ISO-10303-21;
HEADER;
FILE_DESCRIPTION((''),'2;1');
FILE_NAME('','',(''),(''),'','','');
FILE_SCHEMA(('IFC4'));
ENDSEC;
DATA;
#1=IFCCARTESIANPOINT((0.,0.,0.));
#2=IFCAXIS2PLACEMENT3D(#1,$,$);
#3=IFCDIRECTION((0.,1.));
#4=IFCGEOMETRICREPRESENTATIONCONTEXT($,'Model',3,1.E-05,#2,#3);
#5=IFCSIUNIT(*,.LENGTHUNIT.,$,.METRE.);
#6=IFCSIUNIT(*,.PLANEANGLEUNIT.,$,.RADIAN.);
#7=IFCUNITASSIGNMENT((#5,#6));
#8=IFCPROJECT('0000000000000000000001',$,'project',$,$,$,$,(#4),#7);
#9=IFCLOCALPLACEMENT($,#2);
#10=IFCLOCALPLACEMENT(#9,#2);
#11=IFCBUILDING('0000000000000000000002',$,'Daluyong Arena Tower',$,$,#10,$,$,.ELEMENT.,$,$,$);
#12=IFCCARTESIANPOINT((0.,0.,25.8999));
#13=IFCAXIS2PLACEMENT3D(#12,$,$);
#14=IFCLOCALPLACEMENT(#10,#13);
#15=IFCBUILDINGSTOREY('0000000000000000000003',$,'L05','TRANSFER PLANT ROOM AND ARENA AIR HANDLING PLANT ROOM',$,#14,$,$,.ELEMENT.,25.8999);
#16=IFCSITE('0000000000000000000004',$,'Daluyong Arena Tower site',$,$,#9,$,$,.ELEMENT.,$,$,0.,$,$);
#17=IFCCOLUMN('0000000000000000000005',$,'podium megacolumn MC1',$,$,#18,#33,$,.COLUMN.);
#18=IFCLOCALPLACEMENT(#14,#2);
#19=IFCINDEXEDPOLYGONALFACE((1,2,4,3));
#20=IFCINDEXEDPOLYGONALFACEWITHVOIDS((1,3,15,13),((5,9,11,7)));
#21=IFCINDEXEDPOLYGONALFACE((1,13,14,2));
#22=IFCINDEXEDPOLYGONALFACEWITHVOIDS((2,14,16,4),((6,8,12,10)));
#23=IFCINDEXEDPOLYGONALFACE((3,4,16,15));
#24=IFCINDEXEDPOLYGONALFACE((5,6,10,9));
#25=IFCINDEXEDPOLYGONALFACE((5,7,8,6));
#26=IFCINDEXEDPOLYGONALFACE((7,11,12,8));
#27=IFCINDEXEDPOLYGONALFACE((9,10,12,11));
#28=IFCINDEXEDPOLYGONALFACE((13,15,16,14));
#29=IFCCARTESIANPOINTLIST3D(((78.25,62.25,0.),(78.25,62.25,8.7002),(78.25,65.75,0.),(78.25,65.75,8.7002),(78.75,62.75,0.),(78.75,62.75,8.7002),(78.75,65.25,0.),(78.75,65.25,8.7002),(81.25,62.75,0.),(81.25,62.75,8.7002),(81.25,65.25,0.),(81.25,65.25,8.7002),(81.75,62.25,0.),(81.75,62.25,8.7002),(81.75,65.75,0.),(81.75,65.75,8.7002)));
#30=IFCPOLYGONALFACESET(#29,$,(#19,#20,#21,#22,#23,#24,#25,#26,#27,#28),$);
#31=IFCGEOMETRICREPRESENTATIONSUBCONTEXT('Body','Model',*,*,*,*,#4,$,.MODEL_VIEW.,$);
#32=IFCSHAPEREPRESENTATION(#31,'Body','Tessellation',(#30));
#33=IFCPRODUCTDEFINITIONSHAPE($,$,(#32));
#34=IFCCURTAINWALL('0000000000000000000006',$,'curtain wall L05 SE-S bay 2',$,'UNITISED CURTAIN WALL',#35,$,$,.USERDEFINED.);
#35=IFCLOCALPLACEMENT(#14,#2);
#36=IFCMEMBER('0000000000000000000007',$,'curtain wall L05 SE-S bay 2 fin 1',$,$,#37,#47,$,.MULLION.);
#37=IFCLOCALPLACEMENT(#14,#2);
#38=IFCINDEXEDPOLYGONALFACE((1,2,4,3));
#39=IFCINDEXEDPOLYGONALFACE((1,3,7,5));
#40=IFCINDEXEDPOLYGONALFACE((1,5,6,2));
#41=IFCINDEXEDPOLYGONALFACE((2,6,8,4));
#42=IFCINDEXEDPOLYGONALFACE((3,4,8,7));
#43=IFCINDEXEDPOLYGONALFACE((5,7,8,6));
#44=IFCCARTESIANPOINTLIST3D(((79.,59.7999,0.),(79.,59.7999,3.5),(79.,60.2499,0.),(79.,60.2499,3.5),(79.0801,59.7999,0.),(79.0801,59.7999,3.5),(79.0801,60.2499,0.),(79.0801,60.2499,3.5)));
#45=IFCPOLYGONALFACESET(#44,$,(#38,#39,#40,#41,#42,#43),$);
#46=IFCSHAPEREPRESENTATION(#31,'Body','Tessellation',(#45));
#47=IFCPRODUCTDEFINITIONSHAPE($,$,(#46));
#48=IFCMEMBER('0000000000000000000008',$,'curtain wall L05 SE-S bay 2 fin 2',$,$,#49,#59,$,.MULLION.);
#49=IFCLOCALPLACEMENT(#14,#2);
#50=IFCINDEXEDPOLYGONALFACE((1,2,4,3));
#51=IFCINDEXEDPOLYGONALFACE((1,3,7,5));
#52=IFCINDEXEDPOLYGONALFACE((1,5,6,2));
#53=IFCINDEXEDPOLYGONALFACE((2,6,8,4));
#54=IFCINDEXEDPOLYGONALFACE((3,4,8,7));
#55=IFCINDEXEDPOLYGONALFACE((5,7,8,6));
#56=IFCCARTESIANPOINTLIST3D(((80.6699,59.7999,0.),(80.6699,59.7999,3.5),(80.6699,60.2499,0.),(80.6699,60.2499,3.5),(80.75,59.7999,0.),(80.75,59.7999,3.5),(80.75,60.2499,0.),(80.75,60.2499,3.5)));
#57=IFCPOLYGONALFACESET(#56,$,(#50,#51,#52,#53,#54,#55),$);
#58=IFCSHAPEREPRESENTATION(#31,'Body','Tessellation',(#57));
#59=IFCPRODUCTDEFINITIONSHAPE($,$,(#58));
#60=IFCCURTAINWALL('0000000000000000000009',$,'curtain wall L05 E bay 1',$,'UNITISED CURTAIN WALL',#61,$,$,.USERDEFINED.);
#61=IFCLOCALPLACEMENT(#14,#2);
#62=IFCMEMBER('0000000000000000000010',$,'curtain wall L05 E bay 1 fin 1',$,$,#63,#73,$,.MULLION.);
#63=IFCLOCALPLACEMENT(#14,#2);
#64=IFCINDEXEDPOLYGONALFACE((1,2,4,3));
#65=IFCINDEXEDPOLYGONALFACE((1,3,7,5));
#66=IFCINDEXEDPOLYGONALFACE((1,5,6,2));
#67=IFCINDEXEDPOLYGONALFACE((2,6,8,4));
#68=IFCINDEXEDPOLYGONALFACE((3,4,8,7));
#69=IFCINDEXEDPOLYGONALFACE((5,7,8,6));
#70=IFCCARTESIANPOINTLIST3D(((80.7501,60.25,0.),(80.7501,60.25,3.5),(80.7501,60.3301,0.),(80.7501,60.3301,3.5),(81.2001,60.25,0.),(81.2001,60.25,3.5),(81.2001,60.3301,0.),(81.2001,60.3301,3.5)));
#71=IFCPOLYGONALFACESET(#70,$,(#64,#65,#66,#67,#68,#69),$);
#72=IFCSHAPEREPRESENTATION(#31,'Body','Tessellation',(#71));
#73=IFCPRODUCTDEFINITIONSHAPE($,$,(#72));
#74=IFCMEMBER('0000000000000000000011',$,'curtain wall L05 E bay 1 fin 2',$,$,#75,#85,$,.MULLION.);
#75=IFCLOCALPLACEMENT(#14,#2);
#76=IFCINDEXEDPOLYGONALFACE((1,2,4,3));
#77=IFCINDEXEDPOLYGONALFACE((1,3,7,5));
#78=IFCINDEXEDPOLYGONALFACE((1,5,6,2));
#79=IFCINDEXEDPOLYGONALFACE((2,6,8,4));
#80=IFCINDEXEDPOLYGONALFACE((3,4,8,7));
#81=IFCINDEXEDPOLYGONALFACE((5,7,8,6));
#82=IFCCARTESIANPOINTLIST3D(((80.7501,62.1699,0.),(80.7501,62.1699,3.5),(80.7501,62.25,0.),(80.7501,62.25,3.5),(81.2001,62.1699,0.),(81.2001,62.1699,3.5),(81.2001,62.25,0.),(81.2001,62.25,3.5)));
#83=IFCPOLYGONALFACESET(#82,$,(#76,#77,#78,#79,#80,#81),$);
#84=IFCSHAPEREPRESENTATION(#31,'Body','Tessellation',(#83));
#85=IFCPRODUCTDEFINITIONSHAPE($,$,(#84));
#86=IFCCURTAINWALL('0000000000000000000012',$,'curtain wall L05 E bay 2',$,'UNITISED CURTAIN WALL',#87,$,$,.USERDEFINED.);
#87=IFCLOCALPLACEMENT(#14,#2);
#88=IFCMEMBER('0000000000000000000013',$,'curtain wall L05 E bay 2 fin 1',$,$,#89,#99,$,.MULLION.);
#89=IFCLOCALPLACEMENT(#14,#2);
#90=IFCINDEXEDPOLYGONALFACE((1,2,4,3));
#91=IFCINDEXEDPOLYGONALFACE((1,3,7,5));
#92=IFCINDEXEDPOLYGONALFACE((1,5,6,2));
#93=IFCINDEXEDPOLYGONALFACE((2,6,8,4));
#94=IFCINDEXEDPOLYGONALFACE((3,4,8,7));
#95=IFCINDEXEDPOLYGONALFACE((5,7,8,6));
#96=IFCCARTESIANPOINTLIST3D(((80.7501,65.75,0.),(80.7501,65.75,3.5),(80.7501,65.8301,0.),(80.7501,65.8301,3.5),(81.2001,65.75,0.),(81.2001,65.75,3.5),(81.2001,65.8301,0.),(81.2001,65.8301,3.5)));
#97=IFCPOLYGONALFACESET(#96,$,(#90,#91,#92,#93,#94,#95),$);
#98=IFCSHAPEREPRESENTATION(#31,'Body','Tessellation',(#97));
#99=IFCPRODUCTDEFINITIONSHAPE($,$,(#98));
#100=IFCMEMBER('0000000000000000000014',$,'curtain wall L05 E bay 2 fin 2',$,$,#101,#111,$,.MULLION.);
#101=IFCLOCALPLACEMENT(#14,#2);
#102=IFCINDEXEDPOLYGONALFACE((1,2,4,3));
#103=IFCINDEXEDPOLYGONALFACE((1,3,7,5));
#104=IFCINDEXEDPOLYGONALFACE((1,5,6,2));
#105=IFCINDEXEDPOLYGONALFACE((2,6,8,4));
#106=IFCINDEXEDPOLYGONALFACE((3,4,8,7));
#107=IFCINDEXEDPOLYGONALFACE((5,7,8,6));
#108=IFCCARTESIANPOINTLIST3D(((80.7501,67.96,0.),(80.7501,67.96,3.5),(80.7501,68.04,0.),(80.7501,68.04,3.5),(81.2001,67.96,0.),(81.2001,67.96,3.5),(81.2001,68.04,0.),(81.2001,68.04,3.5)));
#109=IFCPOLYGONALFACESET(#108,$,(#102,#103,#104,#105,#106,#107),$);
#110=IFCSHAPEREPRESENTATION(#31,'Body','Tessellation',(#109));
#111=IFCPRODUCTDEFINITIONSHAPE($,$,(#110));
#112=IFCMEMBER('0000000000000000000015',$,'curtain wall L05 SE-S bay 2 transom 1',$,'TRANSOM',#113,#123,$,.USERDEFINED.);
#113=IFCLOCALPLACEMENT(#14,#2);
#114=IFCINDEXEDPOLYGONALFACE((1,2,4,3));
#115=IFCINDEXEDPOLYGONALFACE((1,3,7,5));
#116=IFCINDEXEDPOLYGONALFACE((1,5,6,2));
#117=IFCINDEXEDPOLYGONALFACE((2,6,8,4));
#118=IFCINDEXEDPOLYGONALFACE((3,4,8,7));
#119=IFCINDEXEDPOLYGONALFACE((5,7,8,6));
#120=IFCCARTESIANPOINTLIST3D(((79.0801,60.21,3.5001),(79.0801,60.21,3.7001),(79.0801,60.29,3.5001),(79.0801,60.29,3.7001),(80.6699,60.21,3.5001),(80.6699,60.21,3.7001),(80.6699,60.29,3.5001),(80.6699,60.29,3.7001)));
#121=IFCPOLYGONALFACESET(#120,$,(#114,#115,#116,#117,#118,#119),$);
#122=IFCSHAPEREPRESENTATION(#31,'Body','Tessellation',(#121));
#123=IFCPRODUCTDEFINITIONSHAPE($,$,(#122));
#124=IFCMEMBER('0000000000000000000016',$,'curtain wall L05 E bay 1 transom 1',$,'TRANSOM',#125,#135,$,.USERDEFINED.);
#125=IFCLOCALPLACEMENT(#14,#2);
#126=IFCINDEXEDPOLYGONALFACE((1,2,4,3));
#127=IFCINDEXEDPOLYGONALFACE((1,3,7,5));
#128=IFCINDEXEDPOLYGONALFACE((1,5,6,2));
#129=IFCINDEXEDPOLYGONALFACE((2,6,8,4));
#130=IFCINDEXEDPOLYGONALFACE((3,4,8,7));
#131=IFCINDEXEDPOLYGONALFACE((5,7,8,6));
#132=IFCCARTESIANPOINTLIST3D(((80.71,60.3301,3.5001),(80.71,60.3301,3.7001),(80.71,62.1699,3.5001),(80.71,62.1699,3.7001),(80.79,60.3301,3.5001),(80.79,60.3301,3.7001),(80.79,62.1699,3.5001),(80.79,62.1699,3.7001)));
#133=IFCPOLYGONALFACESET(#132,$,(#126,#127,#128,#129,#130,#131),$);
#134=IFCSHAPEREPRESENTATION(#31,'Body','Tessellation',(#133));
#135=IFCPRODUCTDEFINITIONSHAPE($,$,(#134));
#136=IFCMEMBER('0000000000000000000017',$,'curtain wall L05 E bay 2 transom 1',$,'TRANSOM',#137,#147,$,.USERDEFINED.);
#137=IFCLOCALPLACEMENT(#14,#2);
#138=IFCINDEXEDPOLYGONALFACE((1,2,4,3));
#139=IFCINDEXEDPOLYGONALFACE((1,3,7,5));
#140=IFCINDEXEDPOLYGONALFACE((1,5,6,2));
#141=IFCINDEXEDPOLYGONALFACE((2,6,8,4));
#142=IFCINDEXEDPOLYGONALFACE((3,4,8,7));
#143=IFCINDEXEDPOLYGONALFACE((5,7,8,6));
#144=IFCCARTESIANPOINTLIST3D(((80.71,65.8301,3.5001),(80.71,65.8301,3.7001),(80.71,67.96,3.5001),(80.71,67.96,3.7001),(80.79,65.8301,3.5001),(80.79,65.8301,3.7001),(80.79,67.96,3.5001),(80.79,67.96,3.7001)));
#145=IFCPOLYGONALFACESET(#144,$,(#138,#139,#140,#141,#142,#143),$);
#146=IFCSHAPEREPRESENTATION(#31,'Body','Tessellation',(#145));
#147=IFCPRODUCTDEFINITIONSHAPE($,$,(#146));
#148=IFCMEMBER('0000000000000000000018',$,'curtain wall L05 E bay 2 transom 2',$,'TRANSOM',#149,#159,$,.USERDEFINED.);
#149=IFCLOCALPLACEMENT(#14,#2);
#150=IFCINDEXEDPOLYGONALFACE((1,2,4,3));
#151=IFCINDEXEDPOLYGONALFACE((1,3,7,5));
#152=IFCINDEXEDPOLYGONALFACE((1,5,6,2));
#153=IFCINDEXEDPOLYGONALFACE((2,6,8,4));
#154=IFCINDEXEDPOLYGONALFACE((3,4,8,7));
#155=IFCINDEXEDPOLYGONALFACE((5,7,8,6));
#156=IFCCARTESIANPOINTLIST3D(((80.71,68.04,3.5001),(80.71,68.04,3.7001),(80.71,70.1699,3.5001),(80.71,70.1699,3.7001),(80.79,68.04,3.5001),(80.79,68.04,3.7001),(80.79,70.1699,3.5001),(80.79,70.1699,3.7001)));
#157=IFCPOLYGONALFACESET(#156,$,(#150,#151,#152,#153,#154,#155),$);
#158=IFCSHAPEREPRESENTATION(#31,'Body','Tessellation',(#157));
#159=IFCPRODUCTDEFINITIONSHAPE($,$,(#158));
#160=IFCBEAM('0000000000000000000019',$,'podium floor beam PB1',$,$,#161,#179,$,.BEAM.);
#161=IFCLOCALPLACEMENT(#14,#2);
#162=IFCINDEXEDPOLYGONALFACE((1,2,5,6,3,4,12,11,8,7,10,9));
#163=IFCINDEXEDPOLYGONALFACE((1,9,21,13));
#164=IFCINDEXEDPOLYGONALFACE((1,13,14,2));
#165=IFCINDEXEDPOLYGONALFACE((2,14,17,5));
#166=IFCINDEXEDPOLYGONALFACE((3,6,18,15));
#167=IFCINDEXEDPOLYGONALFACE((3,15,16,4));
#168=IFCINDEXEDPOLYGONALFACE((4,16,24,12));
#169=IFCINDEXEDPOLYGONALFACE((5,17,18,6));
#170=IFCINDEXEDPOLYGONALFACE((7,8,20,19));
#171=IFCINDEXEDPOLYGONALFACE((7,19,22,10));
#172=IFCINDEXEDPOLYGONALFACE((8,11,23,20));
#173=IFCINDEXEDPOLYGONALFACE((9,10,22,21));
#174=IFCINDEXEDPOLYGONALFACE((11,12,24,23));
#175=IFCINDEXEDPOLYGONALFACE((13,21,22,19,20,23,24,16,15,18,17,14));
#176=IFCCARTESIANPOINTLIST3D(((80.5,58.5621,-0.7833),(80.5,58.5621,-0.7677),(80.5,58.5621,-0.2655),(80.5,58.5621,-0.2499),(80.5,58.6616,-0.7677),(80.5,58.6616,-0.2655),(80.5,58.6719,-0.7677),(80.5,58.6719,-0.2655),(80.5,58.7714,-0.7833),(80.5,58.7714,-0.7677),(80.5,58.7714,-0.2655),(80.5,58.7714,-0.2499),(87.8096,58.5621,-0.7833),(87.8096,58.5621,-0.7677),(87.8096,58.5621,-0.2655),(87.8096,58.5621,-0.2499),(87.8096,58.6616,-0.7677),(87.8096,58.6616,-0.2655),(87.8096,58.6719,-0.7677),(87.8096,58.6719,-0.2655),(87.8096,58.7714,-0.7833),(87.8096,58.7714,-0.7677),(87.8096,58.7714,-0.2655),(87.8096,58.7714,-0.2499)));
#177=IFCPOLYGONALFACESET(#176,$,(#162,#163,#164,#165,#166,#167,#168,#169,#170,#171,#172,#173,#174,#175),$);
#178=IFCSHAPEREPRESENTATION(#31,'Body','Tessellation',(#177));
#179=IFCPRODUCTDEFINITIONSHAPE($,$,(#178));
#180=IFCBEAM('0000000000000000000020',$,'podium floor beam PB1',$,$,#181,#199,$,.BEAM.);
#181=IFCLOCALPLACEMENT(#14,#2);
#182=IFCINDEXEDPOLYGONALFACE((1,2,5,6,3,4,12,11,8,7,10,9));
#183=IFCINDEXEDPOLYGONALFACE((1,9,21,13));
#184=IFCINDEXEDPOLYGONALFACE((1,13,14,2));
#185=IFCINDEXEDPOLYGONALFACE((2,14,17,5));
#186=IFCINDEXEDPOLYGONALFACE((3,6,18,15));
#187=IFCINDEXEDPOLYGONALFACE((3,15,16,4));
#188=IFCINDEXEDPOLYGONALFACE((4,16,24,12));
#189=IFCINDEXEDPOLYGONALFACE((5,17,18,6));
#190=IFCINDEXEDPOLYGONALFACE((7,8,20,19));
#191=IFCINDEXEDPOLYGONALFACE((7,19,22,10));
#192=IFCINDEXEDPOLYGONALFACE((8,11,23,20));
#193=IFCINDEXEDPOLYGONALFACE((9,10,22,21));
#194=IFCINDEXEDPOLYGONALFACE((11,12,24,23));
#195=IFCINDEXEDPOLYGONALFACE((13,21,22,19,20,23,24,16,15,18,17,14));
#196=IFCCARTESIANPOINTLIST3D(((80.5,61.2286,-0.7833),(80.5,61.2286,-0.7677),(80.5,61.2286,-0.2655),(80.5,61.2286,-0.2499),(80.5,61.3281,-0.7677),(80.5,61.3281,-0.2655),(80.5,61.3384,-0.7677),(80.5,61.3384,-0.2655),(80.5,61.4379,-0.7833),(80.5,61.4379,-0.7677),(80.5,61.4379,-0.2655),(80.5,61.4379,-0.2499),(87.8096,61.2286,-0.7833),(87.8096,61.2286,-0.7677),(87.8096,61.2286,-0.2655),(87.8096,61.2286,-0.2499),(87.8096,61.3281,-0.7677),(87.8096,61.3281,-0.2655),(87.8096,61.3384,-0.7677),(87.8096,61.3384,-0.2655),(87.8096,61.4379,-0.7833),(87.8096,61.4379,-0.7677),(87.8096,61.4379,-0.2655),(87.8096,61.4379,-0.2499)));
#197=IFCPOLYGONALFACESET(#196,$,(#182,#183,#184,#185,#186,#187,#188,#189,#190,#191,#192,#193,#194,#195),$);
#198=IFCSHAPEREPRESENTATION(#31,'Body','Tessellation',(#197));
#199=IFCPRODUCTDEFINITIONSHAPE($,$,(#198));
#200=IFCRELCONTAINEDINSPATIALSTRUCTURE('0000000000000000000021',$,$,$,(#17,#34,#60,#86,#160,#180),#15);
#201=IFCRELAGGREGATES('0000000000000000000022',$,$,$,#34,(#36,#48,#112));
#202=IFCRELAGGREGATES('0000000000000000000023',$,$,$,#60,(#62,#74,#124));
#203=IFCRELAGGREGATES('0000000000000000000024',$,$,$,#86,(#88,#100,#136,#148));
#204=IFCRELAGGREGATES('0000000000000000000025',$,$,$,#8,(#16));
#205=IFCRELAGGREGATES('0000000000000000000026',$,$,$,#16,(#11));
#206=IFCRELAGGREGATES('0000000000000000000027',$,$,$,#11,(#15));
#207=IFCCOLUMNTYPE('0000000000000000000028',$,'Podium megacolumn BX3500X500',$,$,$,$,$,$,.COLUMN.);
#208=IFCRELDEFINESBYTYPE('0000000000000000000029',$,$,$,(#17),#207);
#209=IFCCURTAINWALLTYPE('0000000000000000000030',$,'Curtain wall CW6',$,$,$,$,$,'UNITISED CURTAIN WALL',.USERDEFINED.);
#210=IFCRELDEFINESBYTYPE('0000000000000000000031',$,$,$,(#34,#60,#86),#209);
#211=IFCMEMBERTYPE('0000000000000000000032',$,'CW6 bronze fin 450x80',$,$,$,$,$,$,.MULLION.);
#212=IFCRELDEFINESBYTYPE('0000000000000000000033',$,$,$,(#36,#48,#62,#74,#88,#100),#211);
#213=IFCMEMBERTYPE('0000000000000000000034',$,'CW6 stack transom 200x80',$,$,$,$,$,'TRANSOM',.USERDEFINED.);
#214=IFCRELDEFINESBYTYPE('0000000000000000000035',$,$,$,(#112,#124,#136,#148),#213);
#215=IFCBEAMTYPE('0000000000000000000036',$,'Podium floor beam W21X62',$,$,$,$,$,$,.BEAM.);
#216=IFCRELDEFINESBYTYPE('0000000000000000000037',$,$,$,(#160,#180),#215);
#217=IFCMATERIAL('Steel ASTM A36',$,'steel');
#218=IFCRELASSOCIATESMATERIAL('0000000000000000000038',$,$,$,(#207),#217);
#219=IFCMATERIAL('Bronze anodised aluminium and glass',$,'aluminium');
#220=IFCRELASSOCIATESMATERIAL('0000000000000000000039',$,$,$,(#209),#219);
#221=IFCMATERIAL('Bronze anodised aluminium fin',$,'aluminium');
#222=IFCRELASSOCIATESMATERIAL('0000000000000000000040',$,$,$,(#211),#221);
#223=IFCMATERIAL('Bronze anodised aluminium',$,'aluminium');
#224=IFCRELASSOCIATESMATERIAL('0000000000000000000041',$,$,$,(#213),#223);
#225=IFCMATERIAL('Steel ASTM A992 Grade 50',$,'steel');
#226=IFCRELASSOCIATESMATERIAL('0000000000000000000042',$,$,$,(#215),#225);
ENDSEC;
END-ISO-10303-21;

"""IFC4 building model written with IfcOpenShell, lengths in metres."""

from ifc_helpers import new_model, si_unit, direction, frame, origin, origin_2d, place, context, subcontext, project, spatial, rectangle, hollow_rectangle, i_section, extrude, material, material_profile, profile_set, type_object, element, aggregate, save


model = new_model("IFC4")

# Units and contexts
model_context = context("Model", 3, precision=1e-05, world=origin(), true_north=direction((0.0, 1.0)))
body_context = subcontext(model_context, "Body", "Model", "MODEL_VIEW")
ifc_project = project(units=[si_unit("LENGTHUNIT", "METRE"), si_unit("PLANEANGLEUNIT", "RADIAN")], contexts=[model_context])

# Site, building, storey
site_placement = place(None, origin())
site = spatial("IfcSite", under=ifc_project, at=site_placement, Name="Daluyong Arena Tower site", CompositionType="ELEMENT", RefElevation=0.0)
building_placement = place(site_placement, origin())
building = spatial("IfcBuilding", under=site, at=building_placement, Name="Daluyong Arena Tower", CompositionType="ELEMENT")
storey_placement = place(building_placement, frame((0.0, 0.0, 25.8999)))
storey = spatial("IfcBuildingStorey", under=building, at=storey_placement, Name="L05", Description="TRANSFER PLANT ROOM AND ARENA AIR HANDLING PLANT ROOM", CompositionType="ELEMENT", Elevation=25.8999)

# Column
ifc_material_1 = material(Name="Steel ASTM A36", Category="steel")
ifc_material_profile_1 = material_profile(ifc_material_1, hollow_rectangle(XDim=3.5, YDim=3.5, WallThickness=0.5, at=origin_2d()))
ifc_profile_set_1 = profile_set([ifc_material_profile_1], Name="Steel ASTM A36")
column_type = type_object("IfcColumnType", Name="Podium megacolumn BX3500X500", PredefinedType="COLUMN", material=ifc_profile_set_1)
column_placement = place(storey_placement, frame((80.0, 64.0, 0.0), z_axis=(0.0, 0.0, 1.0), x_axis=(1.0, 0.0, 0.0)))
element("IfcColumn", 1, at=column_placement, inside=storey, type_object=column_type, Name="podium megacolumn MC1", PredefinedType="COLUMN", context=body_context, shape_type="SweptSolid", body=[
    extrude(hollow_rectangle(XDim=3.5, YDim=3.5, WallThickness=0.5, at=origin_2d()), origin(), (0.0, 0.0, 1.0), 8.7002),
])

# Curtain walls, members
ifc_material_2 = material(Name="Bronze anodised aluminium and glass", Category="aluminium")
curtain_wall_type = type_object("IfcCurtainWallType", Name="Curtain wall CW6", ElementType="UNITISED CURTAIN WALL", PredefinedType="USERDEFINED", material=ifc_material_2)
curtain_wall_1_placement = place(storey_placement, origin())
curtain_wall_1 = element("IfcCurtainWall", 2, at=curtain_wall_1_placement, inside=storey, type_object=curtain_wall_type, Name="curtain wall L05 SE-S bay 2", ObjectType="UNITISED CURTAIN WALL", PredefinedType="USERDEFINED")
ifc_material_3 = material(Name="Bronze anodised aluminium fin", Category="aluminium")
ifc_material_profile_2 = material_profile(ifc_material_3, rectangle(XDim=0.45, YDim=0.0801, at=origin_2d()))
ifc_profile_set_2 = profile_set([ifc_material_profile_2], Name="Bronze anodised aluminium fin")
member_type_1 = type_object("IfcMemberType", Name="CW6 bronze fin 450x80", PredefinedType="MULLION", material=ifc_profile_set_2)
member_1_placement = place(storey_placement, frame((79.04, 60.0249, 0.0), z_axis=(0.0, 0.0, 1.0), x_axis=(0.0, 1.0, 0.0)))
member_1 = element("IfcMember", 3, at=member_1_placement, type_object=member_type_1, Name="curtain wall L05 SE-S bay 2 fin 1", PredefinedType="MULLION", context=body_context, shape_type="SweptSolid", body=[
    extrude(rectangle(XDim=0.45, YDim=0.0801, at=origin_2d()), origin(), (0.0, 0.0, 1.0), 3.5),
])
member_2_placement = place(storey_placement, frame((80.71, 60.0249, 0.0), z_axis=(0.0, 0.0, 1.0), x_axis=(0.0, 1.0, 0.0)))
member_2 = element("IfcMember", 4, at=member_2_placement, type_object=member_type_1, Name="curtain wall L05 SE-S bay 2 fin 2", PredefinedType="MULLION", context=body_context, shape_type="SweptSolid", body=[
    extrude(rectangle(XDim=0.45, YDim=0.0801, at=origin_2d()), origin(), (0.0, 0.0, 1.0), 3.5),
])
curtain_wall_2_placement = place(storey_placement, origin())
curtain_wall_2 = element("IfcCurtainWall", 5, at=curtain_wall_2_placement, inside=storey, type_object=curtain_wall_type, Name="curtain wall L05 E bay 1", ObjectType="UNITISED CURTAIN WALL", PredefinedType="USERDEFINED")
member_3_placement = place(storey_placement, frame((80.9751, 60.29, 0.0), z_axis=(0.0, 0.0, 1.0), x_axis=(-1.0, 0.0, 0.0)))
member_3 = element("IfcMember", 6, at=member_3_placement, type_object=member_type_1, Name="curtain wall L05 E bay 1 fin 1", PredefinedType="MULLION", context=body_context, shape_type="SweptSolid", body=[
    extrude(rectangle(XDim=0.45, YDim=0.0801, at=origin_2d()), origin(), (0.0, 0.0, 1.0), 3.5),
])
member_4_placement = place(storey_placement, frame((80.9751, 62.21, 0.0), z_axis=(0.0, 0.0, 1.0), x_axis=(-1.0, 0.0, 0.0)))
member_4 = element("IfcMember", 7, at=member_4_placement, type_object=member_type_1, Name="curtain wall L05 E bay 1 fin 2", PredefinedType="MULLION", context=body_context, shape_type="SweptSolid", body=[
    extrude(rectangle(XDim=0.45, YDim=0.0801, at=origin_2d()), origin(), (0.0, 0.0, 1.0), 3.5),
])
curtain_wall_3_placement = place(storey_placement, origin())
curtain_wall_3 = element("IfcCurtainWall", 8, at=curtain_wall_3_placement, inside=storey, type_object=curtain_wall_type, Name="curtain wall L05 E bay 2", ObjectType="UNITISED CURTAIN WALL", PredefinedType="USERDEFINED")
member_5_placement = place(storey_placement, frame((80.9751, 65.79, 0.0), z_axis=(0.0, 0.0, 1.0), x_axis=(-1.0, 0.0, 0.0)))
member_5 = element("IfcMember", 9, at=member_5_placement, type_object=member_type_1, Name="curtain wall L05 E bay 2 fin 1", PredefinedType="MULLION", context=body_context, shape_type="SweptSolid", body=[
    extrude(rectangle(XDim=0.45, YDim=0.0801, at=origin_2d()), origin(), (0.0, 0.0, 1.0), 3.5),
])
member_6_placement = place(storey_placement, frame((80.9751, 68.0, 0.0), z_axis=(0.0, 0.0, 1.0), x_axis=(-1.0, 0.0, 0.0)))
member_6 = element("IfcMember", 10, at=member_6_placement, type_object=member_type_1, Name="curtain wall L05 E bay 2 fin 2", PredefinedType="MULLION", context=body_context, shape_type="SweptSolid", body=[
    extrude(rectangle(XDim=0.45, YDim=0.0801, at=origin_2d()), origin(), (0.0, 0.0, 1.0), 3.5),
])

# Members
ifc_material_4 = material(Name="Bronze anodised aluminium", Category="aluminium")
ifc_material_profile_3 = material_profile(ifc_material_4, rectangle(XDim=0.0801, YDim=0.2, at=origin_2d()))
ifc_profile_set_3 = profile_set([ifc_material_profile_3], Name="Bronze anodised aluminium")
member_type_2 = type_object("IfcMemberType", Name="CW6 stack transom 200x80", ElementType="TRANSOM", PredefinedType="USERDEFINED", material=ifc_profile_set_3)
member_7_placement = place(storey_placement, frame((79.0801, 60.25, 3.6001), z_axis=(1.0, 0.0, 0.0), x_axis=(0.0, 1.0, 0.0)))
member_7 = element("IfcMember", 11, at=member_7_placement, type_object=member_type_2, Name="curtain wall L05 SE-S bay 2 transom 1", ObjectType="TRANSOM", PredefinedType="USERDEFINED", context=body_context, shape_type="SweptSolid", body=[
    extrude(rectangle(XDim=0.0801, YDim=0.2, at=origin_2d()), origin(), (0.0, 0.0, 1.0), 1.5898),
])
member_8_placement = place(storey_placement, frame((80.75, 60.3301, 3.6001), z_axis=(0.0, 1.0, 0.0), x_axis=(-1.0, 0.0, 0.0)))
member_8 = element("IfcMember", 12, at=member_8_placement, type_object=member_type_2, Name="curtain wall L05 E bay 1 transom 1", ObjectType="TRANSOM", PredefinedType="USERDEFINED", context=body_context, shape_type="SweptSolid", body=[
    extrude(rectangle(XDim=0.0801, YDim=0.2, at=origin_2d()), origin(), (0.0, 0.0, 1.0), 1.8398),
])
member_9_placement = place(storey_placement, frame((80.75, 65.8301, 3.6001), z_axis=(0.0, 1.0, 0.0), x_axis=(-1.0, 0.0, 0.0)))
member_9 = element("IfcMember", 13, at=member_9_placement, type_object=member_type_2, Name="curtain wall L05 E bay 2 transom 1", ObjectType="TRANSOM", PredefinedType="USERDEFINED", context=body_context, shape_type="SweptSolid", body=[
    extrude(rectangle(XDim=0.0801, YDim=0.2, at=origin_2d()), origin(), (0.0, 0.0, 1.0), 2.1299),
])
member_10_placement = place(storey_placement, frame((80.75, 68.04, 3.6001), z_axis=(0.0, 1.0, 0.0), x_axis=(-1.0, 0.0, 0.0)))
member_10 = element("IfcMember", 14, at=member_10_placement, type_object=member_type_2, Name="curtain wall L05 E bay 2 transom 2", ObjectType="TRANSOM", PredefinedType="USERDEFINED", context=body_context, shape_type="SweptSolid", body=[
    extrude(rectangle(XDim=0.0801, YDim=0.2, at=origin_2d()), origin(), (0.0, 0.0, 1.0), 2.1299),
])

# Beams
ifc_material_5 = material(Name="Steel ASTM A992 Grade 50", Category="steel")
ifc_material_profile_4 = material_profile(ifc_material_5, i_section(OverallWidth=0.2092, OverallDepth=0.5334, WebThickness=0.0103, FlangeThickness=0.0156, at=origin_2d()))
ifc_profile_set_4 = profile_set([ifc_material_profile_4], Name="Steel ASTM A992 Grade 50")
beam_type_1 = type_object("IfcBeamType", Name="Podium floor beam W21X62", PredefinedType="BEAM", material=ifc_profile_set_4)
for number, where, z_axis, x_axis, name in (
    (15, (80.5, 58.6667, -0.5166), (1.0, 0.0, 0.0), (0.0, 1.0, 0.0), "podium floor beam PB1"),
    (16, (80.5, 61.3333, -0.5166), (1.0, 0.0, 0.0), (0.0, 1.0, 0.0), "podium floor beam PB1"),
):
    element("IfcBeam", number, at=place(storey_placement, frame(where, z_axis=z_axis, x_axis=x_axis)), inside=storey, type_object=beam_type_1, Name=name, PredefinedType="BEAM", context=body_context, shape_type="SweptSolid", body=[
        extrude(i_section(OverallWidth=0.2092, OverallDepth=0.5334, WebThickness=0.0103, FlangeThickness=0.0156, at=origin_2d()), origin(), (0.0, 0.0, 1.0), 7.3096),
    ])

aggregate(curtain_wall_1, [member_1, member_2, member_7])
aggregate(curtain_wall_2, [member_3, member_4, member_8])
aggregate(curtain_wall_3, [member_5, member_6, member_9, member_10])

save(model, "model.ifc")
